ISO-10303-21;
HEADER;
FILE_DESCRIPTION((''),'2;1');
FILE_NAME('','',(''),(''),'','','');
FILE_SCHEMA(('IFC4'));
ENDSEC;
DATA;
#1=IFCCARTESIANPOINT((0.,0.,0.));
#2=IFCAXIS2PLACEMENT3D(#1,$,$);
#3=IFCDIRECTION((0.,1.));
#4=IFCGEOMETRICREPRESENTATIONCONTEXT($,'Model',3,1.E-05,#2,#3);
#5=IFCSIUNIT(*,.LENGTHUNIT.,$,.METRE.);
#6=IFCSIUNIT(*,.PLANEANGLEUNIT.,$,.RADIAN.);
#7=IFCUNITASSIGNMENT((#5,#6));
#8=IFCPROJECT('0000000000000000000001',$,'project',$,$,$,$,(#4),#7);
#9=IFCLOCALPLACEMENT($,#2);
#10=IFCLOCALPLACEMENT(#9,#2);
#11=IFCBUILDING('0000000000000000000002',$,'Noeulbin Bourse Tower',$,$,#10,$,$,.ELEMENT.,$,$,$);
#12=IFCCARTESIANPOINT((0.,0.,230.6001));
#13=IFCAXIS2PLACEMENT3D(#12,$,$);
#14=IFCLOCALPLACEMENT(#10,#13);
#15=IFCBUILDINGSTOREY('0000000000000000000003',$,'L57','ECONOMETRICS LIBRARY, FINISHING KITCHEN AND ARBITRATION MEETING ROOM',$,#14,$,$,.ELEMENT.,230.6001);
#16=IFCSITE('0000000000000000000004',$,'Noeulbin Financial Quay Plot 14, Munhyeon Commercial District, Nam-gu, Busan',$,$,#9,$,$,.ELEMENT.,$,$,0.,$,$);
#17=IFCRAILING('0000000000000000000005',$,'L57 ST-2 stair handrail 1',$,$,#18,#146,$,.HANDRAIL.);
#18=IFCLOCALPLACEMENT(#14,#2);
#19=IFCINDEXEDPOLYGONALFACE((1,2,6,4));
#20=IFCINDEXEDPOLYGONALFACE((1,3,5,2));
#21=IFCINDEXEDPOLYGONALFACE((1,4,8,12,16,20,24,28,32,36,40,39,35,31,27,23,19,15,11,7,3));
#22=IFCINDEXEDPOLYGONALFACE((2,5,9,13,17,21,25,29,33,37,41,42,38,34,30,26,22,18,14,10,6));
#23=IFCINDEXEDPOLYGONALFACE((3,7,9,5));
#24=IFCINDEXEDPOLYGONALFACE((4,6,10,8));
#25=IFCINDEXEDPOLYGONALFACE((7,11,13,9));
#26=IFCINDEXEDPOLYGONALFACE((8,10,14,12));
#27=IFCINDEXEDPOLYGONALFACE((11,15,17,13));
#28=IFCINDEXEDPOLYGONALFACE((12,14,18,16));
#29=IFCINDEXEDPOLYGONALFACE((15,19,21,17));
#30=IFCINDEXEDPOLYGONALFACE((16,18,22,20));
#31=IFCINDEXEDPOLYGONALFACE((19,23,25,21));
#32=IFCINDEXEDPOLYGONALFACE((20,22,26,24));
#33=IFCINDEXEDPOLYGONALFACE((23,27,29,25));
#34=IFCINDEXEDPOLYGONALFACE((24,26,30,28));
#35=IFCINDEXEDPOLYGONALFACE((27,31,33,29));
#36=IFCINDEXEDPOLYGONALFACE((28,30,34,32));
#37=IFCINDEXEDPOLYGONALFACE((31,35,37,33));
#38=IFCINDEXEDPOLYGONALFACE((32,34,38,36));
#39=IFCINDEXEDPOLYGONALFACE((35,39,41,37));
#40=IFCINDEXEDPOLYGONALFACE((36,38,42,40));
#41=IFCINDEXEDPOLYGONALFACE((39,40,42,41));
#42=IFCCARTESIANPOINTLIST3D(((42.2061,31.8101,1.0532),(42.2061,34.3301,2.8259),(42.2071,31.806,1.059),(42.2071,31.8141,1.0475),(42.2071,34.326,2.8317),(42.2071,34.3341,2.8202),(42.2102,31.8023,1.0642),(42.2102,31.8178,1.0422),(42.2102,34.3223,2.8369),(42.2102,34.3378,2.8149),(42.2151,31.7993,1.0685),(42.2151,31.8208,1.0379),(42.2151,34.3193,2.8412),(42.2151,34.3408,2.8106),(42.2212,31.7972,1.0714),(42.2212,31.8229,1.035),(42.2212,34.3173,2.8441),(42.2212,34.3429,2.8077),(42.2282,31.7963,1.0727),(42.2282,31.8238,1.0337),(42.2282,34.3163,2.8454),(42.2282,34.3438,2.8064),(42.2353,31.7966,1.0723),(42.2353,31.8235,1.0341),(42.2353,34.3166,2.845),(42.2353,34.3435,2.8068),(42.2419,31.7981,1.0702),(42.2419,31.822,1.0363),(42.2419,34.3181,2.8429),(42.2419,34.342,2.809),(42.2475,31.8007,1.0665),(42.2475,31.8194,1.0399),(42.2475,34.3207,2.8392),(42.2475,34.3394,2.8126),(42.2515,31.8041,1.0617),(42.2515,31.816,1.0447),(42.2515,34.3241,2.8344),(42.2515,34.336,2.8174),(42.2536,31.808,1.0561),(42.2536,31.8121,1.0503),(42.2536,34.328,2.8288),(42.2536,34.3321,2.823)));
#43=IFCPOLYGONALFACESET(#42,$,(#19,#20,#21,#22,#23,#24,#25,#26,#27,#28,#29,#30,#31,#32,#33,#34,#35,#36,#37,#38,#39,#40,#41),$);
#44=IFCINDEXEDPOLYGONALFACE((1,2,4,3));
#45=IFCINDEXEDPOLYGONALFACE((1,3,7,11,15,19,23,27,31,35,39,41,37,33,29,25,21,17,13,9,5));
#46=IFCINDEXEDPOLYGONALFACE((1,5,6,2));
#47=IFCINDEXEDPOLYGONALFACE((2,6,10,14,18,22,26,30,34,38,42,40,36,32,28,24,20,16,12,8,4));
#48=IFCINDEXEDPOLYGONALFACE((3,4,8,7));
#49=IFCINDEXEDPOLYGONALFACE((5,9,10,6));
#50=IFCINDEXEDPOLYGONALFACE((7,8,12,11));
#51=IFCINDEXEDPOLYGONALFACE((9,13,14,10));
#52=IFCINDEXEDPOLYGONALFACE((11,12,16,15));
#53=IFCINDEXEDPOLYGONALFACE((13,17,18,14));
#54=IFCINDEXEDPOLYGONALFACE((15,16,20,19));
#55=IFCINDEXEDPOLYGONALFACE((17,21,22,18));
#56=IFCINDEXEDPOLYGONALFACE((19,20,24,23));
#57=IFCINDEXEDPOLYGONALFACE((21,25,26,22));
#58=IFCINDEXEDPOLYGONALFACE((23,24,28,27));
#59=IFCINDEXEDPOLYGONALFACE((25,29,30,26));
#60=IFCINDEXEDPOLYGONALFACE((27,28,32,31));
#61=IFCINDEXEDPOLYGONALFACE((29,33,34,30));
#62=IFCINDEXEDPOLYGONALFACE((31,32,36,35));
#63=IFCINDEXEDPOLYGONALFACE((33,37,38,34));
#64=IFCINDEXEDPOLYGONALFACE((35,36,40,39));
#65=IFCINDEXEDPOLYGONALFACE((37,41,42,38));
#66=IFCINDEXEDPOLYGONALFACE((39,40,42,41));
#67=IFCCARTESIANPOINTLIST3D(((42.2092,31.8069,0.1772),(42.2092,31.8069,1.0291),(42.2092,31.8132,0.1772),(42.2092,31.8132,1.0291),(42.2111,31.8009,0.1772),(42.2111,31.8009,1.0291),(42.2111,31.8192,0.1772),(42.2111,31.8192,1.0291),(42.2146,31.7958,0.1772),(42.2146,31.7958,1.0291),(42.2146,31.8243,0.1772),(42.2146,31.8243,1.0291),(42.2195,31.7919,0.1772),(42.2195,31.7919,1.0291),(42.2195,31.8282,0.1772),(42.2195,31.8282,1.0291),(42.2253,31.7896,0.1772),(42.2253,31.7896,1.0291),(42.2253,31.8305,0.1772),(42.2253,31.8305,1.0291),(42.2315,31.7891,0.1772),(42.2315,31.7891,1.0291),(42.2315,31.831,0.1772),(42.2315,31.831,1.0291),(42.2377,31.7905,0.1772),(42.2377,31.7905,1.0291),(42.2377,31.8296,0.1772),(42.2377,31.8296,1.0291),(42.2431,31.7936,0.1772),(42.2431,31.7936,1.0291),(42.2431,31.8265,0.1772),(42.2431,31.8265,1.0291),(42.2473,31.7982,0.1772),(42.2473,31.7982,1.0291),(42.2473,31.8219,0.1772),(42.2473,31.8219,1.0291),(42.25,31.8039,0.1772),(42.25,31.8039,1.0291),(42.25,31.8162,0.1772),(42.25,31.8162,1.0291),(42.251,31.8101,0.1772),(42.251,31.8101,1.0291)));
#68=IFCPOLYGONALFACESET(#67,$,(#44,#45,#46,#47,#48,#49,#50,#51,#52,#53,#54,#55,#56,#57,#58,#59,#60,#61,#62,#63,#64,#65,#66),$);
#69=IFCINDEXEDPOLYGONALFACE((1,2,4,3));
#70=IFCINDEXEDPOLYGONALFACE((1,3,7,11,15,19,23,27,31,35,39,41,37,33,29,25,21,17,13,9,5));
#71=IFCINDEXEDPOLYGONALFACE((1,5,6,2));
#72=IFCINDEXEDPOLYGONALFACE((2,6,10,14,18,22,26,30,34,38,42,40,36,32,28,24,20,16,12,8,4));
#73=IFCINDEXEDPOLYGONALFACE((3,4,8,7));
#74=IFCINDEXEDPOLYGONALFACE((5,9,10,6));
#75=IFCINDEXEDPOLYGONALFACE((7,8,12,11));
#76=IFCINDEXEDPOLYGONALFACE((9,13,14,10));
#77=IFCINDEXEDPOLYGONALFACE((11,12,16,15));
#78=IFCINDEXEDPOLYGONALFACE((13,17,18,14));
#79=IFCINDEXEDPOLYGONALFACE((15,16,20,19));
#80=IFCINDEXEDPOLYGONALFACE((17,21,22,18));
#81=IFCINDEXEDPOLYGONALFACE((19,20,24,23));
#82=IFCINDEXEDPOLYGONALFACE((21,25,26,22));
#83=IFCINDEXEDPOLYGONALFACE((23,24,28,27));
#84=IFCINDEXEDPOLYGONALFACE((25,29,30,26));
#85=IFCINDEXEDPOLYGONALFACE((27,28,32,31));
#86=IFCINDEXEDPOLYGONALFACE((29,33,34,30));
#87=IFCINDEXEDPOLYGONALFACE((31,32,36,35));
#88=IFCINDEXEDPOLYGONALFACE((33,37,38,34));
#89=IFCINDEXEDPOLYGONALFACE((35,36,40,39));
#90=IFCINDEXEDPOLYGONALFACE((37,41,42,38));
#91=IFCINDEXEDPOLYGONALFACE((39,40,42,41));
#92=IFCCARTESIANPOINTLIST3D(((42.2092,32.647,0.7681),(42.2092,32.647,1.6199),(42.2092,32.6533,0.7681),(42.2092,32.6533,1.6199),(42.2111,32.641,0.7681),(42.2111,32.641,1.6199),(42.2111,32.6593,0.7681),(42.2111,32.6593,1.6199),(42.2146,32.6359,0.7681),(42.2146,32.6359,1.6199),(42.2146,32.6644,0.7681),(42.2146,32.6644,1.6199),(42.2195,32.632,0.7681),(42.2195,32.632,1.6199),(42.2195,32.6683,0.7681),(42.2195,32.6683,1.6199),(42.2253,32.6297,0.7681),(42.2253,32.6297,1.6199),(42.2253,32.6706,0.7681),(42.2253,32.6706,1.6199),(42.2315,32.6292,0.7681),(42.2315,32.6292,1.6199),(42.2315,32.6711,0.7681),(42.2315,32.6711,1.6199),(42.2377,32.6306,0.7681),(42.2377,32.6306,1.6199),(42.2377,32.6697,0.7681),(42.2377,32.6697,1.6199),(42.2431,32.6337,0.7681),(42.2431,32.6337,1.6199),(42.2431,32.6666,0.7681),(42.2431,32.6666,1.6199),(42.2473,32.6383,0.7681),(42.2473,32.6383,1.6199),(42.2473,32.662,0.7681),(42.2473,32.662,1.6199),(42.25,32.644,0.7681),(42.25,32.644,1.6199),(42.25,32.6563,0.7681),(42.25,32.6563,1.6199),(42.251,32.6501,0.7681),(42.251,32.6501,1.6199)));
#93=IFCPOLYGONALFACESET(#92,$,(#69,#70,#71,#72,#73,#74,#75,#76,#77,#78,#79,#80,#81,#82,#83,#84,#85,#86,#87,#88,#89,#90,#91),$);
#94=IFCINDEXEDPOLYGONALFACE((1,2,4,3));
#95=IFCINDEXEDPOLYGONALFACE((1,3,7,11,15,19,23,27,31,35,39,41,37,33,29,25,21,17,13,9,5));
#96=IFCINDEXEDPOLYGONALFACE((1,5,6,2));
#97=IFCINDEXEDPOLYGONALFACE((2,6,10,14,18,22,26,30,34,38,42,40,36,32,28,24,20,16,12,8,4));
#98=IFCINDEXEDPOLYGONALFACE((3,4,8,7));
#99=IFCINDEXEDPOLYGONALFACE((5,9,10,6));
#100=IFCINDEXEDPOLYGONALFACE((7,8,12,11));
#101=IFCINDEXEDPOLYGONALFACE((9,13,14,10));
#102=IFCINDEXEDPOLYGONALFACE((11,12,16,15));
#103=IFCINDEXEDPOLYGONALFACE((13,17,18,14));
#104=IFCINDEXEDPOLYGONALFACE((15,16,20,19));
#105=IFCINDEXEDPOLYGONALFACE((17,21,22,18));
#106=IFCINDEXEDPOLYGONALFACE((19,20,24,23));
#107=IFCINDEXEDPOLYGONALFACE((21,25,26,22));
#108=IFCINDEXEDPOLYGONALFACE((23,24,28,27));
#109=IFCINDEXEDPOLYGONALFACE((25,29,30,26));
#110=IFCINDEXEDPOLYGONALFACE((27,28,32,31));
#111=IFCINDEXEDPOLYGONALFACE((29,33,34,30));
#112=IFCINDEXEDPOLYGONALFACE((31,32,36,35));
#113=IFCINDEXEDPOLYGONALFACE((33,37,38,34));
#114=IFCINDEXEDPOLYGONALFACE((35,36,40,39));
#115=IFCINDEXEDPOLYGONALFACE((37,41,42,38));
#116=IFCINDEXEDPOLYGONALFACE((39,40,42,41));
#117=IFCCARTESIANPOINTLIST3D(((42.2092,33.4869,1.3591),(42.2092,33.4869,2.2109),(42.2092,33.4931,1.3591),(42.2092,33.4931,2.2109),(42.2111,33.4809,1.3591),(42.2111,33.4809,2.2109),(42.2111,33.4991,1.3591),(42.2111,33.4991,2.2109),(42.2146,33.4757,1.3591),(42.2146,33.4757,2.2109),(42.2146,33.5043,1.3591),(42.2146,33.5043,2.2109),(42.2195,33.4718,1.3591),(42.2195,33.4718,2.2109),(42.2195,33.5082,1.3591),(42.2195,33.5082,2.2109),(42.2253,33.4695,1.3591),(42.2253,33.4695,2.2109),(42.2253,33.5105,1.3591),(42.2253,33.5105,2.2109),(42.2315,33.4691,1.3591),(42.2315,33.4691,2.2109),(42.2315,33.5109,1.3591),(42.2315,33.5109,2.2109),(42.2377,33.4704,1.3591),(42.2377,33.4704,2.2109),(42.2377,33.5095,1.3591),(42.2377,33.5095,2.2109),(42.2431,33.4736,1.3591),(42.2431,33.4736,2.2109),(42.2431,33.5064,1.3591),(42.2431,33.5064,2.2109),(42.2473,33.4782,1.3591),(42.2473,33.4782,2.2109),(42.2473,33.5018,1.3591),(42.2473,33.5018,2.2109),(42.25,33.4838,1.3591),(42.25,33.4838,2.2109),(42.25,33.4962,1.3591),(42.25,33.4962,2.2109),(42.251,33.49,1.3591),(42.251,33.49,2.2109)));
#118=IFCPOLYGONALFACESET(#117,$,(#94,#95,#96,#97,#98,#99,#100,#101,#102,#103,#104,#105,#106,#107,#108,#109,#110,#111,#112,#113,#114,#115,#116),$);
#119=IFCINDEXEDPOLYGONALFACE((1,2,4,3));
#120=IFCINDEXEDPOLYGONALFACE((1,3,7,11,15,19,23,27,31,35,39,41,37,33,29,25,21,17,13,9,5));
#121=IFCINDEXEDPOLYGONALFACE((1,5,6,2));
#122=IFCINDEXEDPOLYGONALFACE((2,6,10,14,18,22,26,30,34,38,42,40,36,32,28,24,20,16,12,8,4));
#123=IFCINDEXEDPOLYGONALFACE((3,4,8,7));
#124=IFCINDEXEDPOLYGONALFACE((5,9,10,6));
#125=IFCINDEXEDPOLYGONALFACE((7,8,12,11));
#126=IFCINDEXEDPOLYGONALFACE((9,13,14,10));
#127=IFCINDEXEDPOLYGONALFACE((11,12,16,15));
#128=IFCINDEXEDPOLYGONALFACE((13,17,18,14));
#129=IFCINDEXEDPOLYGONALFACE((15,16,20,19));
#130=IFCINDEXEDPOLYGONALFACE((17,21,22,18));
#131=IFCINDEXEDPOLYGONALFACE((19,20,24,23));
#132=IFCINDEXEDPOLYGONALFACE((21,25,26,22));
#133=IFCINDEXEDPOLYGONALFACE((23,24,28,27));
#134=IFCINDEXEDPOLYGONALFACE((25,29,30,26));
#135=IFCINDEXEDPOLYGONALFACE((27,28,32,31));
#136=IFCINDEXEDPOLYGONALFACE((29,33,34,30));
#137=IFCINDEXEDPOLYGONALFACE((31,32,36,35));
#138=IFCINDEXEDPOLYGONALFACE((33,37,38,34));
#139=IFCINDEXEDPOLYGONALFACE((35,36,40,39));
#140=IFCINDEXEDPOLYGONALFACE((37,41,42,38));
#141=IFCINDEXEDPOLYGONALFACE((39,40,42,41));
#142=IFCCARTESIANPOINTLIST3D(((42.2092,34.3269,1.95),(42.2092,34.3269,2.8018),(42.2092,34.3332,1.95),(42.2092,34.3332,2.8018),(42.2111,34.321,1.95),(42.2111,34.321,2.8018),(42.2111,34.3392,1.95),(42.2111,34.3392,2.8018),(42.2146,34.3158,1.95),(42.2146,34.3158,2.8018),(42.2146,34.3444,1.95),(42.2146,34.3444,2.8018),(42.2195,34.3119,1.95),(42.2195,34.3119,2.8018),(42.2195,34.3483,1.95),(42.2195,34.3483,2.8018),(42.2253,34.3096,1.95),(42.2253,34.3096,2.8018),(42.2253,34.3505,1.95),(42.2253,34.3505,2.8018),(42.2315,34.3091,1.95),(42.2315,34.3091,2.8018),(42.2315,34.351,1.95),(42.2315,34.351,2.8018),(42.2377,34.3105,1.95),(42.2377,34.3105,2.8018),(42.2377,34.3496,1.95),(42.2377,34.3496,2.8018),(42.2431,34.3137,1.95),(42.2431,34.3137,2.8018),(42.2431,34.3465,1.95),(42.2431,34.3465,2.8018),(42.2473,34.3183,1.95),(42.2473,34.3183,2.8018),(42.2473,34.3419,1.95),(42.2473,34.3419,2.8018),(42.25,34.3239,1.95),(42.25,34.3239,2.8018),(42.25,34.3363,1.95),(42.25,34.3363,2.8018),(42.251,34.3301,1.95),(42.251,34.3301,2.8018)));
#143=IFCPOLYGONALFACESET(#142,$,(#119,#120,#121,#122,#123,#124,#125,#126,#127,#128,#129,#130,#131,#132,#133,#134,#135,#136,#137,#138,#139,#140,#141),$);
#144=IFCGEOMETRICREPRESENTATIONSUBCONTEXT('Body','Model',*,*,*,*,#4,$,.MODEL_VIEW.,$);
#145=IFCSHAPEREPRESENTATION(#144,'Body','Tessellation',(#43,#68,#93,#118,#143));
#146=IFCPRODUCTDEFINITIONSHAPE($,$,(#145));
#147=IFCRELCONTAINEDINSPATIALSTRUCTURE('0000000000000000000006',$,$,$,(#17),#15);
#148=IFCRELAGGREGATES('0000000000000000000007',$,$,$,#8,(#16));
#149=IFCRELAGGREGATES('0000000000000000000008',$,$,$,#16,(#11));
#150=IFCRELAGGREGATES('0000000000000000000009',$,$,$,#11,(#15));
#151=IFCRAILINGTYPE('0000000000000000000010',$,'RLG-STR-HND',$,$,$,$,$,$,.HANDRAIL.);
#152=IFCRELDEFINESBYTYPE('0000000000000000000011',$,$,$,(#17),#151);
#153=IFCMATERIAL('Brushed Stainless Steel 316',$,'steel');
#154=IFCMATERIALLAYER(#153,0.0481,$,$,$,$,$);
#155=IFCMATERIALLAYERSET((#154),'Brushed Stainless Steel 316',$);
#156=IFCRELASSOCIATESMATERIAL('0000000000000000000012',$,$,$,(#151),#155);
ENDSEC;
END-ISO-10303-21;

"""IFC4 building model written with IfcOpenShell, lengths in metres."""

from ifc_helpers import new_model, si_unit, direction, frame, origin, origin_2d, place, context, subcontext, project, spatial, circle, extrude, material, layer, layer_set, type_object, element, save


model = new_model("IFC4")

# Units and contexts
model_context = context("Model", 3, precision=1e-05, world=origin(), true_north=direction((0.0, 1.0)))
body_context = subcontext(model_context, "Body", "Model", "MODEL_VIEW")
ifc_project = project(units=[si_unit("LENGTHUNIT", "METRE"), si_unit("PLANEANGLEUNIT", "RADIAN")], contexts=[model_context])

# Site, building, storey
site_placement = place(None, origin())
site = spatial("IfcSite", under=ifc_project, at=site_placement, Name="Noeulbin Financial Quay Plot 14, Munhyeon Commercial District, Nam-gu, Busan", CompositionType="ELEMENT", RefElevation=0.0)
building_placement = place(site_placement, origin())
building = spatial("IfcBuilding", under=site, at=building_placement, Name="Noeulbin Bourse Tower", CompositionType="ELEMENT")
storey_placement = place(building_placement, frame((0.0, 0.0, 230.6001)))
storey = spatial("IfcBuildingStorey", under=building, at=storey_placement, Name="L57", Description="ECONOMETRICS LIBRARY, FINISHING KITCHEN AND ARBITRATION MEETING ROOM", CompositionType="ELEMENT", Elevation=230.6001)

# Railing
ifc_material_1 = material(Name="Brushed Stainless Steel 316", Category="steel")
ifc_layer_1 = layer(ifc_material_1, 0.0481)
ifc_layer_set_1 = layer_set([ifc_layer_1], Name="Brushed Stainless Steel 316")
railing_type_1 = type_object("IfcRailingType", Name="RLG-STR-HND", PredefinedType="HANDRAIL", material=ifc_layer_set_1)
railing_1_placement = place(storey_placement, frame((42.23, 31.8101, 0.1772)))
element("IfcRailing", 1, at=railing_1_placement, inside=storey, type_object=railing_type_1, Name="L57 ST-2 stair handrail 1", PredefinedType="HANDRAIL", context=body_context, shape_type="SweptSolid", body=[
    extrude(circle(Radius=0.0239, at=origin_2d()), frame((0.0, 0.0, 0.876), z_axis=(0.0, 0.817904, 0.575354), x_axis=(-1.0, 0.0, 0.0)), (0.0, 0.0, 1.0), 3.0811),
    extrude(circle(Radius=0.021, at=origin_2d()), origin(), (0.0, 0.0, 1.0), 0.8518),
    extrude(circle(Radius=0.021, at=origin_2d()), frame((0.0, 0.8401, 0.5908)), (0.0, 0.0, 1.0), 0.8518),
    extrude(circle(Radius=0.021, at=origin_2d()), frame((0.0, 1.6799, 1.1819)), (0.0, 0.0, 1.0), 0.8518),
    extrude(circle(Radius=0.021, at=origin_2d()), frame((0.0, 2.52, 1.7727)), (0.0, 0.0, 1.0), 0.8518),
])

save(model, "model.ifc")
